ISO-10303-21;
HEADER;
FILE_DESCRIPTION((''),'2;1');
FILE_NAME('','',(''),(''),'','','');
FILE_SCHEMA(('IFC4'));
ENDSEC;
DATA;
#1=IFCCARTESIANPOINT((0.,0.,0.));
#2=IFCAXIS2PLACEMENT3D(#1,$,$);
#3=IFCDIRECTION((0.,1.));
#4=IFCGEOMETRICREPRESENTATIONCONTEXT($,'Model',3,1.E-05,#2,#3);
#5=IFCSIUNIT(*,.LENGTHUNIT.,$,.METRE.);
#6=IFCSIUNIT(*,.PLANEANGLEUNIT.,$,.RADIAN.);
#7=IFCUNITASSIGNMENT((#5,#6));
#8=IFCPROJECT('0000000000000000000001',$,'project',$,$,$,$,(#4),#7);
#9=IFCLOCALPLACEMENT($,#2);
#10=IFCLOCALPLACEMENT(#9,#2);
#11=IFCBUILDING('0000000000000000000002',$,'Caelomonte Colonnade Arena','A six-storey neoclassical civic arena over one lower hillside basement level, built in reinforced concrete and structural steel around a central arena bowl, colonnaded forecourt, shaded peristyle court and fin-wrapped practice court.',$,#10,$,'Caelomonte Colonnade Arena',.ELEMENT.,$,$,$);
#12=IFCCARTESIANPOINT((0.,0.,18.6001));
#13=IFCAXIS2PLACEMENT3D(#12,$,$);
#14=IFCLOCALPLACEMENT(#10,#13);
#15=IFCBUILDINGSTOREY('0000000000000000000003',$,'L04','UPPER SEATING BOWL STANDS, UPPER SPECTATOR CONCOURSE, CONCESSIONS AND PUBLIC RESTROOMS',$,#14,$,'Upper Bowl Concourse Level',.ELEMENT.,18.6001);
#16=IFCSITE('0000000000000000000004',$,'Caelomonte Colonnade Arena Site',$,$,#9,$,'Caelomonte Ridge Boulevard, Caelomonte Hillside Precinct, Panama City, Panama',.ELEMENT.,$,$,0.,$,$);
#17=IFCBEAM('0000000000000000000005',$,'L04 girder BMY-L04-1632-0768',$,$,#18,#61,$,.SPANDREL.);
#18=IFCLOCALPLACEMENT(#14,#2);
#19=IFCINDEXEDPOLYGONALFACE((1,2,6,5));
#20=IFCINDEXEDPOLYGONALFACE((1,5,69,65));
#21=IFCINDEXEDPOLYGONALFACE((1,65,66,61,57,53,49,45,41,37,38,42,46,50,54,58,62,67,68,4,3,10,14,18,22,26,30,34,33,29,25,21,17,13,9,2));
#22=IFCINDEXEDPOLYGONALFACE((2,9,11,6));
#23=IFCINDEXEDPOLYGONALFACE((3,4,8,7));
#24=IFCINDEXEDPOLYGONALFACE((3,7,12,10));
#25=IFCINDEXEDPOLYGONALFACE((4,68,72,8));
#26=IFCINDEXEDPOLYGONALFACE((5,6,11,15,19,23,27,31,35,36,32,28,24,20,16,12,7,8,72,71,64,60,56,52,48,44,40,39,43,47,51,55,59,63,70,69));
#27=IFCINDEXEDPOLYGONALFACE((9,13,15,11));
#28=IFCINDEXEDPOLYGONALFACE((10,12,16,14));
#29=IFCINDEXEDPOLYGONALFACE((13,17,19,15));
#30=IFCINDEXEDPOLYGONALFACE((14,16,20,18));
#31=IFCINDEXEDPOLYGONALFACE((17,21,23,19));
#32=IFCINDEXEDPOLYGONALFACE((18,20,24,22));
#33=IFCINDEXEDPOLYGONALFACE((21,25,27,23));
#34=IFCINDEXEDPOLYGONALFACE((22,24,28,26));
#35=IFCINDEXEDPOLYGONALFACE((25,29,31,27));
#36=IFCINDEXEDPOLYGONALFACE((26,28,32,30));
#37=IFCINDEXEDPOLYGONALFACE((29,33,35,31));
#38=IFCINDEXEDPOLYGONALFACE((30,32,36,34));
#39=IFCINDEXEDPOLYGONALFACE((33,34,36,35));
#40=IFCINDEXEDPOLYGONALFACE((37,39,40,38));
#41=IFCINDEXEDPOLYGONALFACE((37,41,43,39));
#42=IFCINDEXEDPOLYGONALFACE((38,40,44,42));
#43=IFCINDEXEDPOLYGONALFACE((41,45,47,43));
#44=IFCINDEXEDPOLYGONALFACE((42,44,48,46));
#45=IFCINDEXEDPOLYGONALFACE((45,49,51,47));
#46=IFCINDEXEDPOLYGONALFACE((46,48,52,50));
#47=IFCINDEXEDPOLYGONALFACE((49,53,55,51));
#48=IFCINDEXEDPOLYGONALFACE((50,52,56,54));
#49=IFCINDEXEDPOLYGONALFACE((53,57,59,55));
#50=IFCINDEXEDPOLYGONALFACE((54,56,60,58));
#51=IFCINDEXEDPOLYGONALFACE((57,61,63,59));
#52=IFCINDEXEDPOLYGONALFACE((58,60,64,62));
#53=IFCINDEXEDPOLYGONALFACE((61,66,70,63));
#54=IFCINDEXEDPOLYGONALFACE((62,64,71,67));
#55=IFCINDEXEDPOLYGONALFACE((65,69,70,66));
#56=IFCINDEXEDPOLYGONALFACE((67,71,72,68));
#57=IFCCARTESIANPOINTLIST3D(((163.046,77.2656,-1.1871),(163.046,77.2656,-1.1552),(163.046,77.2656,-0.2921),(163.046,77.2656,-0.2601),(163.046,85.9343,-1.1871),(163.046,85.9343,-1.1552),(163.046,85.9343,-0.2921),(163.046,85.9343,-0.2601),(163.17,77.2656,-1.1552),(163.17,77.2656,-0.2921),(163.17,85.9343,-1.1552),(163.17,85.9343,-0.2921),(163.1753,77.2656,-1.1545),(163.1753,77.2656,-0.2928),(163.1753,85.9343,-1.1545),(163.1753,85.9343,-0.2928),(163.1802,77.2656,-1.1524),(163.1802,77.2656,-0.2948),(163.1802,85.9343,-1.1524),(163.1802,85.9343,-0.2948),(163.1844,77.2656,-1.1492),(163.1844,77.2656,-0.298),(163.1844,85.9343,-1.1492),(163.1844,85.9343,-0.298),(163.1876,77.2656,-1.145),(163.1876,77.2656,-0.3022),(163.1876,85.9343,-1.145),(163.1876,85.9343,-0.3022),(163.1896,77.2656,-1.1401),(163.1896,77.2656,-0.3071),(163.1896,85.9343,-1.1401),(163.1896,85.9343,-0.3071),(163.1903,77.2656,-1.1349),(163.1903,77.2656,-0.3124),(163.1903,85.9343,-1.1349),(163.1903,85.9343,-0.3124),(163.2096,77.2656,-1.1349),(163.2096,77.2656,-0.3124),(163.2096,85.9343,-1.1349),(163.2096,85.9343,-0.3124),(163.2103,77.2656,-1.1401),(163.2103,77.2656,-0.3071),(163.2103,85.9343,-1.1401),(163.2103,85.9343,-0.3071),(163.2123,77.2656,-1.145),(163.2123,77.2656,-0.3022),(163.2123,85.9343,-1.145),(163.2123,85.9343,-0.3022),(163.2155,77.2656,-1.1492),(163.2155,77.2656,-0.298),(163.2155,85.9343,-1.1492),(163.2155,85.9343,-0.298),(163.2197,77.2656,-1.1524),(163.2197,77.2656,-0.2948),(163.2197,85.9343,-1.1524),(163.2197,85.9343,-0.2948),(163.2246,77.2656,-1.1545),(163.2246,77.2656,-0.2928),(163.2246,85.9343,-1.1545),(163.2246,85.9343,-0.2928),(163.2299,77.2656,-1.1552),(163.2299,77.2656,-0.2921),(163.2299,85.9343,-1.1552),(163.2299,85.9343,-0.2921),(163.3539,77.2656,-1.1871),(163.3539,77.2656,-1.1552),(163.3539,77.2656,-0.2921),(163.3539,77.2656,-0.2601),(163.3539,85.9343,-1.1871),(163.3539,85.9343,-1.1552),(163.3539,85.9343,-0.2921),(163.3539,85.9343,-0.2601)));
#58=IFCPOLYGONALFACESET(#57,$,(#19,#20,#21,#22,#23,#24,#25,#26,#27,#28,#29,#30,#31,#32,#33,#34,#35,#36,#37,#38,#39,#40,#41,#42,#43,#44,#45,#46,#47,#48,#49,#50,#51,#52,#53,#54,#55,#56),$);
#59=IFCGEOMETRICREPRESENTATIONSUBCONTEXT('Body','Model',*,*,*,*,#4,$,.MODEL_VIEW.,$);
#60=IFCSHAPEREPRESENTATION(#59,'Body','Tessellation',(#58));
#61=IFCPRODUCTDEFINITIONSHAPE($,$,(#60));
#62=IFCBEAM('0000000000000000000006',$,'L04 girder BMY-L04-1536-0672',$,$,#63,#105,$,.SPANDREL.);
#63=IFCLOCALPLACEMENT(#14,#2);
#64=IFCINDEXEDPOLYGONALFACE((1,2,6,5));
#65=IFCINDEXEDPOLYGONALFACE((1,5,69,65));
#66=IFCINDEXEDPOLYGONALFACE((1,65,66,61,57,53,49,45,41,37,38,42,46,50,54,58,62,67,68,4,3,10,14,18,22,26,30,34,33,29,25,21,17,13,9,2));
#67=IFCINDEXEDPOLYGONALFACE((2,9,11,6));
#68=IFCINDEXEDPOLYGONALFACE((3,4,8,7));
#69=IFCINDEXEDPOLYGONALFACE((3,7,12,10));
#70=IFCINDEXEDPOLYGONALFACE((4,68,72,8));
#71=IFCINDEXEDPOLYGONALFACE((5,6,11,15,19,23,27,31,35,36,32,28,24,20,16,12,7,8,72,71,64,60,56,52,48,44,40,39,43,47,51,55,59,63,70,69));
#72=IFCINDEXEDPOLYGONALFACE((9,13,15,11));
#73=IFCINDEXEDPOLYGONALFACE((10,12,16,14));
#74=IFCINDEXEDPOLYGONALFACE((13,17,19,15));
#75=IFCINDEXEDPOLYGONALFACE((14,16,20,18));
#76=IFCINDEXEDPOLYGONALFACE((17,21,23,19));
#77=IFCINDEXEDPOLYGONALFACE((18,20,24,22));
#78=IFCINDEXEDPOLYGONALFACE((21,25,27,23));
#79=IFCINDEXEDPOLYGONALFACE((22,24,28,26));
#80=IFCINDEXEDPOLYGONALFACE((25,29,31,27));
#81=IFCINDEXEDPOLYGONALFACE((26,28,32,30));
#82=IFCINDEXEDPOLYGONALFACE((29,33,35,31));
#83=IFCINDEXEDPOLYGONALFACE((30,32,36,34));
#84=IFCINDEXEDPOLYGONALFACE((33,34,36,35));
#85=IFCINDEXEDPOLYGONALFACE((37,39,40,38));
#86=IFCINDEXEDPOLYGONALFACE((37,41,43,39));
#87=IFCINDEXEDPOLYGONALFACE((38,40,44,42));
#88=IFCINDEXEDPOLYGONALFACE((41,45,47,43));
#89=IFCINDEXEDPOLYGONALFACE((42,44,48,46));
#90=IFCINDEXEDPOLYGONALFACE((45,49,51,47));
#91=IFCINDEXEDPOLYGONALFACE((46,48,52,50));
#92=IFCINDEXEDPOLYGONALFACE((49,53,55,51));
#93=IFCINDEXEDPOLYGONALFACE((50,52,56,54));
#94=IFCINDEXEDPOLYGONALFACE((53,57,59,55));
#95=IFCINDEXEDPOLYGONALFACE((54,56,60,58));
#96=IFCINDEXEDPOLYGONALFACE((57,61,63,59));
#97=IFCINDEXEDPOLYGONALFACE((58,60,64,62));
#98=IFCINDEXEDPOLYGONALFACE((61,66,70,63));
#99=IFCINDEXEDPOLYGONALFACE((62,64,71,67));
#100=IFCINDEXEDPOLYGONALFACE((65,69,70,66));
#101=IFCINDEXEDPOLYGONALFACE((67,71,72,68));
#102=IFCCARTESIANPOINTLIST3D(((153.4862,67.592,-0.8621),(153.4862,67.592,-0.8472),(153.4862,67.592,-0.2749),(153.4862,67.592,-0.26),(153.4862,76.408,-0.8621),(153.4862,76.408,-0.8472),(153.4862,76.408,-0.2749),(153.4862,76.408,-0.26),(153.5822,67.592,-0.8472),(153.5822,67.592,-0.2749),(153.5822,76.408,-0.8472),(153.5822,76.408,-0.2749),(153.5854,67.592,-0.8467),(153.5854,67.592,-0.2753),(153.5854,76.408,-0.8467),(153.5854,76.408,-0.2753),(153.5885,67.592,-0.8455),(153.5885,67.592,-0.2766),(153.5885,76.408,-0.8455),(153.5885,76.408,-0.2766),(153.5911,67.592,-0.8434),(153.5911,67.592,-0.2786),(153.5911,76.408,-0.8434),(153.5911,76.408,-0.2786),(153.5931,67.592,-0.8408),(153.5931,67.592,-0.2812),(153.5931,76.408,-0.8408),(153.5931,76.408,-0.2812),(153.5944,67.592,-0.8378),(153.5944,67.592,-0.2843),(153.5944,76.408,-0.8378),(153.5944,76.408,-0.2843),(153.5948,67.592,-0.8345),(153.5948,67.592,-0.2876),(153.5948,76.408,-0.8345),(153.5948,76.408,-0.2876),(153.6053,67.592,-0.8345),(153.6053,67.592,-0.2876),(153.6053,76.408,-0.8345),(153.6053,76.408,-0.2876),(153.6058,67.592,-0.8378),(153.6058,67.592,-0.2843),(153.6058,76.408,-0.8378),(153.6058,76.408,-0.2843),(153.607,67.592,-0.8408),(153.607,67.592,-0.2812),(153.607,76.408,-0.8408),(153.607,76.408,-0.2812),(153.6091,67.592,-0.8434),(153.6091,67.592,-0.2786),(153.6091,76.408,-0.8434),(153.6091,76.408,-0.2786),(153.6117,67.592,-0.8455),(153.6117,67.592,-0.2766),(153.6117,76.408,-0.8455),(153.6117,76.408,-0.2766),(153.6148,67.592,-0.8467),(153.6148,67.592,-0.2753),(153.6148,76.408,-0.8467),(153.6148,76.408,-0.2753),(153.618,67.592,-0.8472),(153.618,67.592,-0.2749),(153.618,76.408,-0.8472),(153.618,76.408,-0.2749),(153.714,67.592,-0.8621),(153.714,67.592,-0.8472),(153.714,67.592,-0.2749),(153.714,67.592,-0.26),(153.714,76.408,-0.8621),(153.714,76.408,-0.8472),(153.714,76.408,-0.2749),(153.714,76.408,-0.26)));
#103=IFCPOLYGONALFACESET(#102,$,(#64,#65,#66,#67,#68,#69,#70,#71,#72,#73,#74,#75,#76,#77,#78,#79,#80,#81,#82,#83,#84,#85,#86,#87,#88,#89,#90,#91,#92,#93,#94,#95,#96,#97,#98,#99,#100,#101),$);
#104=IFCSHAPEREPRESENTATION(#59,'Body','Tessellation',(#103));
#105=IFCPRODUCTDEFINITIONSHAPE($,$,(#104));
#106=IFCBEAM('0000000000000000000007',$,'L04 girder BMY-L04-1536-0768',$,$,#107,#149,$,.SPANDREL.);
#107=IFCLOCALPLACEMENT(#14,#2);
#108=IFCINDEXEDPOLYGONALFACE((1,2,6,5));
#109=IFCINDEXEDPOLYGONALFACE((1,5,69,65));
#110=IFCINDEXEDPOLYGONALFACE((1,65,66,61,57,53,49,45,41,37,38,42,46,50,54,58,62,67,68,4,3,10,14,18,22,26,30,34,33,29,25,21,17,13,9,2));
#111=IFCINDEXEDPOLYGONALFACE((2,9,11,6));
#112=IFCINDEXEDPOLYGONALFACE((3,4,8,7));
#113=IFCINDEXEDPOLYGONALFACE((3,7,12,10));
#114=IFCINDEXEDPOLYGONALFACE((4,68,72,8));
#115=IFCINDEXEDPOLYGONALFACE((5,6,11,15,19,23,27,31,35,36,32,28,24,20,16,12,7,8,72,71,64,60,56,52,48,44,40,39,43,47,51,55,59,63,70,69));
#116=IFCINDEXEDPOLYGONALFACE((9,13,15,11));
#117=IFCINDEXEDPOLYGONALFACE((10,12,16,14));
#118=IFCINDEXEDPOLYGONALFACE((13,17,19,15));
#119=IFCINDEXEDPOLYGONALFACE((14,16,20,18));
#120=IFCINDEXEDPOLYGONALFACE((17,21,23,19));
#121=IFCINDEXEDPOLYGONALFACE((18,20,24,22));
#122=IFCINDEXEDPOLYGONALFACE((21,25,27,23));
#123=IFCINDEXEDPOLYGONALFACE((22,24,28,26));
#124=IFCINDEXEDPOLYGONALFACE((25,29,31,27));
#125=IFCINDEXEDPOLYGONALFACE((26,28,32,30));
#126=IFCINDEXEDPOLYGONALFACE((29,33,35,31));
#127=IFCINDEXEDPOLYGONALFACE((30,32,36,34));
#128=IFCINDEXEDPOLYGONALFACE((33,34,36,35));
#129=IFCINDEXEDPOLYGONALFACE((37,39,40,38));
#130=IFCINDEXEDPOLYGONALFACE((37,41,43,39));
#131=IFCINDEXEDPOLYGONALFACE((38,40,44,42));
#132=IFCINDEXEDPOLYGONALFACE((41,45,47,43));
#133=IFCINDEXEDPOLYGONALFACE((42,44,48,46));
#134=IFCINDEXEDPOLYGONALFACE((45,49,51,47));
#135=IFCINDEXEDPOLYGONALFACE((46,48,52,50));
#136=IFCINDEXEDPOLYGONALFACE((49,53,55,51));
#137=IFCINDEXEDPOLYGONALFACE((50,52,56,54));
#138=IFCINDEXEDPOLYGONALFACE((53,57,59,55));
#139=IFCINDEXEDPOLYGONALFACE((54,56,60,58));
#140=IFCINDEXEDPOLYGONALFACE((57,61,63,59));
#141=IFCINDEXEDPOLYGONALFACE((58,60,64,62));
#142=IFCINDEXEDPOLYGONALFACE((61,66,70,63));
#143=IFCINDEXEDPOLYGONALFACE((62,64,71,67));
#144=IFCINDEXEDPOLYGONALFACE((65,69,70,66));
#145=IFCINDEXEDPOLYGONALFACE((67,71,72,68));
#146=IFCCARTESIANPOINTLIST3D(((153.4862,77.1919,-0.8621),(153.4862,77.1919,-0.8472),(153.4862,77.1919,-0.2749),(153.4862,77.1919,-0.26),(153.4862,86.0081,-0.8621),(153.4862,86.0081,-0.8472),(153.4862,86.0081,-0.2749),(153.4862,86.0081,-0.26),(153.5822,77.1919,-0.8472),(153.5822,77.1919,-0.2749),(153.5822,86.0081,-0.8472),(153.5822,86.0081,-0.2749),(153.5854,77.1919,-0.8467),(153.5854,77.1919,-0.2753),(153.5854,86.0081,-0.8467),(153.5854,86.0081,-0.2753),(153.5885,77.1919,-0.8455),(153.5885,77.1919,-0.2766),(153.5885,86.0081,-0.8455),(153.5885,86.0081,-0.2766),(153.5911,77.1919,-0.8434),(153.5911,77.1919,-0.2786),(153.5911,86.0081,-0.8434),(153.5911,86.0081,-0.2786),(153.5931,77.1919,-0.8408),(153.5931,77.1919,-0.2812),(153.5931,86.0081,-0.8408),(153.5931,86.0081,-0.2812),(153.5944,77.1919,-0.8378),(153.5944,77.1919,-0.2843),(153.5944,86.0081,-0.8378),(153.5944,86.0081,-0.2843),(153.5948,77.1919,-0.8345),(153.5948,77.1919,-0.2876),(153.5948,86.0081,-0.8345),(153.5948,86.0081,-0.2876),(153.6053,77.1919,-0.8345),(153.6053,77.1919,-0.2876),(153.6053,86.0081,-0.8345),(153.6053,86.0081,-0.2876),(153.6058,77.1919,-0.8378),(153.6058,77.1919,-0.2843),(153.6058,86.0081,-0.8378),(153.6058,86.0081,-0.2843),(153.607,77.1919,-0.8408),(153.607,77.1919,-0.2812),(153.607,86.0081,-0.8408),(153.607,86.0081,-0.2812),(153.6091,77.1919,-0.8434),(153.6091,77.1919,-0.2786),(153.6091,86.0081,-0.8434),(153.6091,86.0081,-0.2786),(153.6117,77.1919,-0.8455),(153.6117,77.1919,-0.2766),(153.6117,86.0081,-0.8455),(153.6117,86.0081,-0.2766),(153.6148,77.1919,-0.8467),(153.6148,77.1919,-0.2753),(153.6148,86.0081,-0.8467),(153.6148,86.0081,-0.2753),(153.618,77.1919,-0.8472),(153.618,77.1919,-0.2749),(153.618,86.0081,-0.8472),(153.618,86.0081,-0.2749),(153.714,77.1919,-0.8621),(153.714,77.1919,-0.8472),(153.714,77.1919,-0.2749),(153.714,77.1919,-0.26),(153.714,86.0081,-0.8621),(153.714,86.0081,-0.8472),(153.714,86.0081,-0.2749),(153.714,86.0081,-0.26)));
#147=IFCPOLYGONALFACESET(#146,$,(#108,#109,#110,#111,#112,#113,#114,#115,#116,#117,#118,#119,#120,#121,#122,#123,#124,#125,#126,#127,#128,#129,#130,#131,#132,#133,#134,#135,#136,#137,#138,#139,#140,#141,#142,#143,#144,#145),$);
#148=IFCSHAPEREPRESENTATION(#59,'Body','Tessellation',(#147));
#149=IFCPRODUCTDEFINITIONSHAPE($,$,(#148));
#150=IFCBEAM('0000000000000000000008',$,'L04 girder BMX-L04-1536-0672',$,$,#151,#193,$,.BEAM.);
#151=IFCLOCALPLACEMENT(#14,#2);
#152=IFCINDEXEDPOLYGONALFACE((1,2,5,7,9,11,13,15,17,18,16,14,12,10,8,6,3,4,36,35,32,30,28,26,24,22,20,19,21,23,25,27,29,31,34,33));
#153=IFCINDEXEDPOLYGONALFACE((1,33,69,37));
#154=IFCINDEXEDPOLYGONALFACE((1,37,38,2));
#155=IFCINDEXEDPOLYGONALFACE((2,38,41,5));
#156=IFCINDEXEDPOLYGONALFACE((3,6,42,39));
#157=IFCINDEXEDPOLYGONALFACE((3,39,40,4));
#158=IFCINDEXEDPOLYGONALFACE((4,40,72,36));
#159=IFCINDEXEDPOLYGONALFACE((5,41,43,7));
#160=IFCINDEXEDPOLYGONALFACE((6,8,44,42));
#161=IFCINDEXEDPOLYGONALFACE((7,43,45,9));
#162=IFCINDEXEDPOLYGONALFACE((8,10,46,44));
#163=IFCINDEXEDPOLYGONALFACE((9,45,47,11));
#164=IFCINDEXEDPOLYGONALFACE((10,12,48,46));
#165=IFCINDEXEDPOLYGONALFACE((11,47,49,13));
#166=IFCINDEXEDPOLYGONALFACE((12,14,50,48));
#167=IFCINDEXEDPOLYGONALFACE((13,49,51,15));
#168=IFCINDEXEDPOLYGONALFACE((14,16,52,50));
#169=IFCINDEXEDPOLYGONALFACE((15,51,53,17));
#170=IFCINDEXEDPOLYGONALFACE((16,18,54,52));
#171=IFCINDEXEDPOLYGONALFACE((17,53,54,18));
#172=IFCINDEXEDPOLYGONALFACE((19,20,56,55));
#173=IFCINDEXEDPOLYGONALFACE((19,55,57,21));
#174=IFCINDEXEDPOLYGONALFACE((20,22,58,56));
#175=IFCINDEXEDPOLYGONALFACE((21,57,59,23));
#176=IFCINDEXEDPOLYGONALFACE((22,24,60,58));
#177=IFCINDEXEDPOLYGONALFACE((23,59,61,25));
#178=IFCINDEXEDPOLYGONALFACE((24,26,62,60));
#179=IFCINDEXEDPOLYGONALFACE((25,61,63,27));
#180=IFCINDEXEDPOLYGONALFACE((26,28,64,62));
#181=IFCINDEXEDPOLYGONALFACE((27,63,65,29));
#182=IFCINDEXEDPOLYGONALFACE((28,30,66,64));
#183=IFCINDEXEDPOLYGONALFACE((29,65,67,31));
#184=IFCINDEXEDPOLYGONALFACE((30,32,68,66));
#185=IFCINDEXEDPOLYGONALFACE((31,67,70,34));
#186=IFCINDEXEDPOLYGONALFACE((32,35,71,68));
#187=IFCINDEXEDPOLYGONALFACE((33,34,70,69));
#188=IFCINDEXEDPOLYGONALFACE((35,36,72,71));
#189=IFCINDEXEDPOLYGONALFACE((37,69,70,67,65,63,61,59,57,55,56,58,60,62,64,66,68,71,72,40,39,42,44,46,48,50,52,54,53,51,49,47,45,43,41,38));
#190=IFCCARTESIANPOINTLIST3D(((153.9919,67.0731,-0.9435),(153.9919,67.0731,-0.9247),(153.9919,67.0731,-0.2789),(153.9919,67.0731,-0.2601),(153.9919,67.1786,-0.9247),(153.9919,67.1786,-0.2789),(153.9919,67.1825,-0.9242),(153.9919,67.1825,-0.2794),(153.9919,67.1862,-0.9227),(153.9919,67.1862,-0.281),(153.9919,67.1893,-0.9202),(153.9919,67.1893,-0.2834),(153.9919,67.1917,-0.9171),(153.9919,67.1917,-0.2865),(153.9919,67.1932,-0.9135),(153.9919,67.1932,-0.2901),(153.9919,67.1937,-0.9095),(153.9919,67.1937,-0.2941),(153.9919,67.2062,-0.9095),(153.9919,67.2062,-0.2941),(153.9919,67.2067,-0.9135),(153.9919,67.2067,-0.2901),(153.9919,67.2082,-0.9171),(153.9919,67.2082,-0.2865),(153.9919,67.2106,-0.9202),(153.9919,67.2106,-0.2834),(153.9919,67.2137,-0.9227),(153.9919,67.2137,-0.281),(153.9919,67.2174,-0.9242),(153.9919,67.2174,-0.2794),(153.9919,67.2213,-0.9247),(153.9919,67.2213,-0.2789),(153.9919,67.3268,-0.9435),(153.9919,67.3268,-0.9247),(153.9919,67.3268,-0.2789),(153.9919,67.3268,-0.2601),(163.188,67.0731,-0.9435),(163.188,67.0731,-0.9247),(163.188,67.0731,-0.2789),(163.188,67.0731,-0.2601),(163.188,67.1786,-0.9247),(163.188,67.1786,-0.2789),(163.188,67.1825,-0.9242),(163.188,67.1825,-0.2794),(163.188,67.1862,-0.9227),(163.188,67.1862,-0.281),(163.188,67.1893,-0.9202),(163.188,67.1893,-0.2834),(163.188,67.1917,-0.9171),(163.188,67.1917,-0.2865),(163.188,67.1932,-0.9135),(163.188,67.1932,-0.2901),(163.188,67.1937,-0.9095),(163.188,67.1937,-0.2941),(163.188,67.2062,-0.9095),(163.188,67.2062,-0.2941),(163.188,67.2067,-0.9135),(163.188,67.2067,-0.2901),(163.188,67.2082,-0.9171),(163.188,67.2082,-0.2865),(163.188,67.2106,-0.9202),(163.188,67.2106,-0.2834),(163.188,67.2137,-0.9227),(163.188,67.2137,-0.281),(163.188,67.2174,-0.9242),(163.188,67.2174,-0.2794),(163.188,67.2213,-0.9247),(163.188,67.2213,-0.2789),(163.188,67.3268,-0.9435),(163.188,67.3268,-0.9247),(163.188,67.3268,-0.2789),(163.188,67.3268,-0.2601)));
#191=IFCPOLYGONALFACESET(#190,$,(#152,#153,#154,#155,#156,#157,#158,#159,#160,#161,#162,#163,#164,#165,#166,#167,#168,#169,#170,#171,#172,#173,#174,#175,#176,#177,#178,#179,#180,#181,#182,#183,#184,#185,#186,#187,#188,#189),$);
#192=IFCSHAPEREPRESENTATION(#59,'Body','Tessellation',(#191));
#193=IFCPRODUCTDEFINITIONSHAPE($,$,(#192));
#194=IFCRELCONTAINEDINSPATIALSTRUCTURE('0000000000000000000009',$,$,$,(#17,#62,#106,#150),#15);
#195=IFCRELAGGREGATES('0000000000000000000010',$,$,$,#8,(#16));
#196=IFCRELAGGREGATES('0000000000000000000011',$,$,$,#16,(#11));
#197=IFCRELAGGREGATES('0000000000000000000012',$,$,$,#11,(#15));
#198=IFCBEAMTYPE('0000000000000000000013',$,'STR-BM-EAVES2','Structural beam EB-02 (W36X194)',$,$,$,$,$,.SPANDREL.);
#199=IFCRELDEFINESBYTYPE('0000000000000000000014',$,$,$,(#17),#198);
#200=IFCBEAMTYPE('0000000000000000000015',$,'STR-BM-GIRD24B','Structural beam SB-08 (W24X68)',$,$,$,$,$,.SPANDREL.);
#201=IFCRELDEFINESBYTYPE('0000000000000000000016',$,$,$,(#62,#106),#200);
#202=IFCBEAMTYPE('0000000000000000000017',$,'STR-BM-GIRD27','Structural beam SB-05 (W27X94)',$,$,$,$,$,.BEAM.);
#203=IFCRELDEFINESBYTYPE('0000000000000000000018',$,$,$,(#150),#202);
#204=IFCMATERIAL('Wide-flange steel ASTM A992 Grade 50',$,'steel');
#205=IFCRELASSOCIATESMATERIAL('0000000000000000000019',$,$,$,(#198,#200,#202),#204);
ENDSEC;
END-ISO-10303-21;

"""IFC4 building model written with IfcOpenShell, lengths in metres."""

from ifc_helpers import new_model, si_unit, direction, frame, origin, origin_2d, place, context, subcontext, project, spatial, i_section, extrude, material, material_profile, profile_set, type_object, element, save


model = new_model("IFC4")

# Units and contexts
model_context = context("Model", 3, precision=1e-05, world=origin(), true_north=direction((0.0, 1.0)))
body_context = subcontext(model_context, "Body", "Model", "MODEL_VIEW")
ifc_project = project(units=[si_unit("LENGTHUNIT", "METRE"), si_unit("PLANEANGLEUNIT", "RADIAN")], contexts=[model_context])

# Site, building, storey
site_placement = place(None, origin())
site = spatial("IfcSite", under=ifc_project, at=site_placement, Name="Caelomonte Colonnade Arena Site", LongName="Caelomonte Ridge Boulevard, Caelomonte Hillside Precinct, Panama City, Panama", CompositionType="ELEMENT", RefElevation=0.0)
building_placement = place(site_placement, origin())
building = spatial("IfcBuilding", under=site, at=building_placement, Name="Caelomonte Colonnade Arena", Description="A six-storey neoclassical civic arena over one lower hillside basement level, built in reinforced concrete and structural steel around a central arena bowl, colonnaded forecourt, shaded peristyle court and fin-wrapped practice court.", LongName="Caelomonte Colonnade Arena", CompositionType="ELEMENT")
storey_placement = place(building_placement, frame((0.0, 0.0, 18.6001)))
storey = spatial("IfcBuildingStorey", under=building, at=storey_placement, Name="L04", Description="UPPER SEATING BOWL STANDS, UPPER SPECTATOR CONCOURSE, CONCESSIONS AND PUBLIC RESTROOMS", LongName="Upper Bowl Concourse Level", CompositionType="ELEMENT", Elevation=18.6001)

# Shared definitions
ifc_material_1 = material(Name="Wide-flange steel ASTM A992 Grade 50", Category="steel")

# Beams
ifc_material_profile_1 = material_profile(ifc_material_1, i_section(OverallWidth=0.3079, OverallDepth=0.927, WebThickness=0.0193, FlangeThickness=0.032, FilletRadius=0.0203, at=origin_2d()), Name="W36X194")
ifc_profile_set_1 = profile_set([ifc_material_profile_1], Name="Wide-flange steel ASTM A992 Grade 50")
beam_type_1 = type_object("IfcBeamType", Name="STR-BM-EAVES2", Description="Structural beam EB-02 (W36X194)", PredefinedType="SPANDREL", material=ifc_profile_set_1)
beam_1_placement = place(storey_placement, frame((163.2, 77.2656, -0.7236), z_axis=(0.0, 1.0, 0.0), x_axis=(-1.0, 0.0, 0.0)))
element("IfcBeam", 1, at=beam_1_placement, inside=storey, type_object=beam_type_1, Name="L04 girder BMY-L04-1632-0768", PredefinedType="SPANDREL", context=body_context, shape_type="SweptSolid", body=[
    extrude(i_section(OverallWidth=0.3079, OverallDepth=0.927, WebThickness=0.0193, FlangeThickness=0.032, FilletRadius=0.0203, at=origin_2d()), origin(), (0.0, 0.0, 1.0), 8.6687),
])
ifc_material_profile_2 = material_profile(ifc_material_1, i_section(OverallWidth=0.2278, OverallDepth=0.6021, WebThickness=0.0105, FlangeThickness=0.0149, FilletRadius=0.0127, at=origin_2d()), Name="W24X68")
ifc_profile_set_2 = profile_set([ifc_material_profile_2], Name="Wide-flange steel ASTM A992 Grade 50")
beam_type_2 = type_object("IfcBeamType", Name="STR-BM-GIRD24B", Description="Structural beam SB-08 (W24X68)", PredefinedType="SPANDREL", material=ifc_profile_set_2)
beam_2_placement = place(storey_placement, frame((153.6001, 67.592, -0.561), z_axis=(0.0, 1.0, 0.0), x_axis=(-1.0, 0.0, 0.0)))
element("IfcBeam", 2, at=beam_2_placement, inside=storey, type_object=beam_type_2, Name="L04 girder BMY-L04-1536-0672", PredefinedType="SPANDREL", context=body_context, shape_type="SweptSolid", body=[
    extrude(i_section(OverallWidth=0.2278, OverallDepth=0.6021, WebThickness=0.0105, FlangeThickness=0.0149, FilletRadius=0.0127, at=origin_2d()), origin(), (0.0, 0.0, 1.0), 8.8159),
])
beam_3_placement = place(storey_placement, frame((153.6001, 77.1919, -0.561), z_axis=(0.0, 1.0, 0.0), x_axis=(-1.0, 0.0, 0.0)))
element("IfcBeam", 3, at=beam_3_placement, inside=storey, type_object=beam_type_2, Name="L04 girder BMY-L04-1536-0768", PredefinedType="SPANDREL", context=body_context, shape_type="SweptSolid", body=[
    extrude(i_section(OverallWidth=0.2278, OverallDepth=0.6021, WebThickness=0.0105, FlangeThickness=0.0149, FilletRadius=0.0127, at=origin_2d()), origin(), (0.0, 0.0, 1.0), 8.8162),
])
ifc_material_profile_3 = material_profile(ifc_material_1, i_section(OverallWidth=0.2537, OverallDepth=0.6833, WebThickness=0.0125, FlangeThickness=0.0188, FilletRadius=0.0151, at=origin_2d()), Name="W27X94")
ifc_profile_set_3 = profile_set([ifc_material_profile_3], Name="Wide-flange steel ASTM A992 Grade 50")
beam_type_3 = type_object("IfcBeamType", Name="STR-BM-GIRD27", Description="Structural beam SB-05 (W27X94)", PredefinedType="BEAM", material=ifc_profile_set_3)
beam_4_placement = place(storey_placement, frame((153.9919, 67.2, -0.6018), z_axis=(1.0, 0.0, 0.0), x_axis=(0.0, 1.0, 0.0)))
element("IfcBeam", 4, at=beam_4_placement, inside=storey, type_object=beam_type_3, Name="L04 girder BMX-L04-1536-0672", PredefinedType="BEAM", context=body_context, shape_type="SweptSolid", body=[
    extrude(i_section(OverallWidth=0.2537, OverallDepth=0.6833, WebThickness=0.0125, FlangeThickness=0.0188, FilletRadius=0.0151, at=origin_2d()), origin(), (0.0, 0.0, 1.0), 9.196),
])

save(model, "model.ifc")
